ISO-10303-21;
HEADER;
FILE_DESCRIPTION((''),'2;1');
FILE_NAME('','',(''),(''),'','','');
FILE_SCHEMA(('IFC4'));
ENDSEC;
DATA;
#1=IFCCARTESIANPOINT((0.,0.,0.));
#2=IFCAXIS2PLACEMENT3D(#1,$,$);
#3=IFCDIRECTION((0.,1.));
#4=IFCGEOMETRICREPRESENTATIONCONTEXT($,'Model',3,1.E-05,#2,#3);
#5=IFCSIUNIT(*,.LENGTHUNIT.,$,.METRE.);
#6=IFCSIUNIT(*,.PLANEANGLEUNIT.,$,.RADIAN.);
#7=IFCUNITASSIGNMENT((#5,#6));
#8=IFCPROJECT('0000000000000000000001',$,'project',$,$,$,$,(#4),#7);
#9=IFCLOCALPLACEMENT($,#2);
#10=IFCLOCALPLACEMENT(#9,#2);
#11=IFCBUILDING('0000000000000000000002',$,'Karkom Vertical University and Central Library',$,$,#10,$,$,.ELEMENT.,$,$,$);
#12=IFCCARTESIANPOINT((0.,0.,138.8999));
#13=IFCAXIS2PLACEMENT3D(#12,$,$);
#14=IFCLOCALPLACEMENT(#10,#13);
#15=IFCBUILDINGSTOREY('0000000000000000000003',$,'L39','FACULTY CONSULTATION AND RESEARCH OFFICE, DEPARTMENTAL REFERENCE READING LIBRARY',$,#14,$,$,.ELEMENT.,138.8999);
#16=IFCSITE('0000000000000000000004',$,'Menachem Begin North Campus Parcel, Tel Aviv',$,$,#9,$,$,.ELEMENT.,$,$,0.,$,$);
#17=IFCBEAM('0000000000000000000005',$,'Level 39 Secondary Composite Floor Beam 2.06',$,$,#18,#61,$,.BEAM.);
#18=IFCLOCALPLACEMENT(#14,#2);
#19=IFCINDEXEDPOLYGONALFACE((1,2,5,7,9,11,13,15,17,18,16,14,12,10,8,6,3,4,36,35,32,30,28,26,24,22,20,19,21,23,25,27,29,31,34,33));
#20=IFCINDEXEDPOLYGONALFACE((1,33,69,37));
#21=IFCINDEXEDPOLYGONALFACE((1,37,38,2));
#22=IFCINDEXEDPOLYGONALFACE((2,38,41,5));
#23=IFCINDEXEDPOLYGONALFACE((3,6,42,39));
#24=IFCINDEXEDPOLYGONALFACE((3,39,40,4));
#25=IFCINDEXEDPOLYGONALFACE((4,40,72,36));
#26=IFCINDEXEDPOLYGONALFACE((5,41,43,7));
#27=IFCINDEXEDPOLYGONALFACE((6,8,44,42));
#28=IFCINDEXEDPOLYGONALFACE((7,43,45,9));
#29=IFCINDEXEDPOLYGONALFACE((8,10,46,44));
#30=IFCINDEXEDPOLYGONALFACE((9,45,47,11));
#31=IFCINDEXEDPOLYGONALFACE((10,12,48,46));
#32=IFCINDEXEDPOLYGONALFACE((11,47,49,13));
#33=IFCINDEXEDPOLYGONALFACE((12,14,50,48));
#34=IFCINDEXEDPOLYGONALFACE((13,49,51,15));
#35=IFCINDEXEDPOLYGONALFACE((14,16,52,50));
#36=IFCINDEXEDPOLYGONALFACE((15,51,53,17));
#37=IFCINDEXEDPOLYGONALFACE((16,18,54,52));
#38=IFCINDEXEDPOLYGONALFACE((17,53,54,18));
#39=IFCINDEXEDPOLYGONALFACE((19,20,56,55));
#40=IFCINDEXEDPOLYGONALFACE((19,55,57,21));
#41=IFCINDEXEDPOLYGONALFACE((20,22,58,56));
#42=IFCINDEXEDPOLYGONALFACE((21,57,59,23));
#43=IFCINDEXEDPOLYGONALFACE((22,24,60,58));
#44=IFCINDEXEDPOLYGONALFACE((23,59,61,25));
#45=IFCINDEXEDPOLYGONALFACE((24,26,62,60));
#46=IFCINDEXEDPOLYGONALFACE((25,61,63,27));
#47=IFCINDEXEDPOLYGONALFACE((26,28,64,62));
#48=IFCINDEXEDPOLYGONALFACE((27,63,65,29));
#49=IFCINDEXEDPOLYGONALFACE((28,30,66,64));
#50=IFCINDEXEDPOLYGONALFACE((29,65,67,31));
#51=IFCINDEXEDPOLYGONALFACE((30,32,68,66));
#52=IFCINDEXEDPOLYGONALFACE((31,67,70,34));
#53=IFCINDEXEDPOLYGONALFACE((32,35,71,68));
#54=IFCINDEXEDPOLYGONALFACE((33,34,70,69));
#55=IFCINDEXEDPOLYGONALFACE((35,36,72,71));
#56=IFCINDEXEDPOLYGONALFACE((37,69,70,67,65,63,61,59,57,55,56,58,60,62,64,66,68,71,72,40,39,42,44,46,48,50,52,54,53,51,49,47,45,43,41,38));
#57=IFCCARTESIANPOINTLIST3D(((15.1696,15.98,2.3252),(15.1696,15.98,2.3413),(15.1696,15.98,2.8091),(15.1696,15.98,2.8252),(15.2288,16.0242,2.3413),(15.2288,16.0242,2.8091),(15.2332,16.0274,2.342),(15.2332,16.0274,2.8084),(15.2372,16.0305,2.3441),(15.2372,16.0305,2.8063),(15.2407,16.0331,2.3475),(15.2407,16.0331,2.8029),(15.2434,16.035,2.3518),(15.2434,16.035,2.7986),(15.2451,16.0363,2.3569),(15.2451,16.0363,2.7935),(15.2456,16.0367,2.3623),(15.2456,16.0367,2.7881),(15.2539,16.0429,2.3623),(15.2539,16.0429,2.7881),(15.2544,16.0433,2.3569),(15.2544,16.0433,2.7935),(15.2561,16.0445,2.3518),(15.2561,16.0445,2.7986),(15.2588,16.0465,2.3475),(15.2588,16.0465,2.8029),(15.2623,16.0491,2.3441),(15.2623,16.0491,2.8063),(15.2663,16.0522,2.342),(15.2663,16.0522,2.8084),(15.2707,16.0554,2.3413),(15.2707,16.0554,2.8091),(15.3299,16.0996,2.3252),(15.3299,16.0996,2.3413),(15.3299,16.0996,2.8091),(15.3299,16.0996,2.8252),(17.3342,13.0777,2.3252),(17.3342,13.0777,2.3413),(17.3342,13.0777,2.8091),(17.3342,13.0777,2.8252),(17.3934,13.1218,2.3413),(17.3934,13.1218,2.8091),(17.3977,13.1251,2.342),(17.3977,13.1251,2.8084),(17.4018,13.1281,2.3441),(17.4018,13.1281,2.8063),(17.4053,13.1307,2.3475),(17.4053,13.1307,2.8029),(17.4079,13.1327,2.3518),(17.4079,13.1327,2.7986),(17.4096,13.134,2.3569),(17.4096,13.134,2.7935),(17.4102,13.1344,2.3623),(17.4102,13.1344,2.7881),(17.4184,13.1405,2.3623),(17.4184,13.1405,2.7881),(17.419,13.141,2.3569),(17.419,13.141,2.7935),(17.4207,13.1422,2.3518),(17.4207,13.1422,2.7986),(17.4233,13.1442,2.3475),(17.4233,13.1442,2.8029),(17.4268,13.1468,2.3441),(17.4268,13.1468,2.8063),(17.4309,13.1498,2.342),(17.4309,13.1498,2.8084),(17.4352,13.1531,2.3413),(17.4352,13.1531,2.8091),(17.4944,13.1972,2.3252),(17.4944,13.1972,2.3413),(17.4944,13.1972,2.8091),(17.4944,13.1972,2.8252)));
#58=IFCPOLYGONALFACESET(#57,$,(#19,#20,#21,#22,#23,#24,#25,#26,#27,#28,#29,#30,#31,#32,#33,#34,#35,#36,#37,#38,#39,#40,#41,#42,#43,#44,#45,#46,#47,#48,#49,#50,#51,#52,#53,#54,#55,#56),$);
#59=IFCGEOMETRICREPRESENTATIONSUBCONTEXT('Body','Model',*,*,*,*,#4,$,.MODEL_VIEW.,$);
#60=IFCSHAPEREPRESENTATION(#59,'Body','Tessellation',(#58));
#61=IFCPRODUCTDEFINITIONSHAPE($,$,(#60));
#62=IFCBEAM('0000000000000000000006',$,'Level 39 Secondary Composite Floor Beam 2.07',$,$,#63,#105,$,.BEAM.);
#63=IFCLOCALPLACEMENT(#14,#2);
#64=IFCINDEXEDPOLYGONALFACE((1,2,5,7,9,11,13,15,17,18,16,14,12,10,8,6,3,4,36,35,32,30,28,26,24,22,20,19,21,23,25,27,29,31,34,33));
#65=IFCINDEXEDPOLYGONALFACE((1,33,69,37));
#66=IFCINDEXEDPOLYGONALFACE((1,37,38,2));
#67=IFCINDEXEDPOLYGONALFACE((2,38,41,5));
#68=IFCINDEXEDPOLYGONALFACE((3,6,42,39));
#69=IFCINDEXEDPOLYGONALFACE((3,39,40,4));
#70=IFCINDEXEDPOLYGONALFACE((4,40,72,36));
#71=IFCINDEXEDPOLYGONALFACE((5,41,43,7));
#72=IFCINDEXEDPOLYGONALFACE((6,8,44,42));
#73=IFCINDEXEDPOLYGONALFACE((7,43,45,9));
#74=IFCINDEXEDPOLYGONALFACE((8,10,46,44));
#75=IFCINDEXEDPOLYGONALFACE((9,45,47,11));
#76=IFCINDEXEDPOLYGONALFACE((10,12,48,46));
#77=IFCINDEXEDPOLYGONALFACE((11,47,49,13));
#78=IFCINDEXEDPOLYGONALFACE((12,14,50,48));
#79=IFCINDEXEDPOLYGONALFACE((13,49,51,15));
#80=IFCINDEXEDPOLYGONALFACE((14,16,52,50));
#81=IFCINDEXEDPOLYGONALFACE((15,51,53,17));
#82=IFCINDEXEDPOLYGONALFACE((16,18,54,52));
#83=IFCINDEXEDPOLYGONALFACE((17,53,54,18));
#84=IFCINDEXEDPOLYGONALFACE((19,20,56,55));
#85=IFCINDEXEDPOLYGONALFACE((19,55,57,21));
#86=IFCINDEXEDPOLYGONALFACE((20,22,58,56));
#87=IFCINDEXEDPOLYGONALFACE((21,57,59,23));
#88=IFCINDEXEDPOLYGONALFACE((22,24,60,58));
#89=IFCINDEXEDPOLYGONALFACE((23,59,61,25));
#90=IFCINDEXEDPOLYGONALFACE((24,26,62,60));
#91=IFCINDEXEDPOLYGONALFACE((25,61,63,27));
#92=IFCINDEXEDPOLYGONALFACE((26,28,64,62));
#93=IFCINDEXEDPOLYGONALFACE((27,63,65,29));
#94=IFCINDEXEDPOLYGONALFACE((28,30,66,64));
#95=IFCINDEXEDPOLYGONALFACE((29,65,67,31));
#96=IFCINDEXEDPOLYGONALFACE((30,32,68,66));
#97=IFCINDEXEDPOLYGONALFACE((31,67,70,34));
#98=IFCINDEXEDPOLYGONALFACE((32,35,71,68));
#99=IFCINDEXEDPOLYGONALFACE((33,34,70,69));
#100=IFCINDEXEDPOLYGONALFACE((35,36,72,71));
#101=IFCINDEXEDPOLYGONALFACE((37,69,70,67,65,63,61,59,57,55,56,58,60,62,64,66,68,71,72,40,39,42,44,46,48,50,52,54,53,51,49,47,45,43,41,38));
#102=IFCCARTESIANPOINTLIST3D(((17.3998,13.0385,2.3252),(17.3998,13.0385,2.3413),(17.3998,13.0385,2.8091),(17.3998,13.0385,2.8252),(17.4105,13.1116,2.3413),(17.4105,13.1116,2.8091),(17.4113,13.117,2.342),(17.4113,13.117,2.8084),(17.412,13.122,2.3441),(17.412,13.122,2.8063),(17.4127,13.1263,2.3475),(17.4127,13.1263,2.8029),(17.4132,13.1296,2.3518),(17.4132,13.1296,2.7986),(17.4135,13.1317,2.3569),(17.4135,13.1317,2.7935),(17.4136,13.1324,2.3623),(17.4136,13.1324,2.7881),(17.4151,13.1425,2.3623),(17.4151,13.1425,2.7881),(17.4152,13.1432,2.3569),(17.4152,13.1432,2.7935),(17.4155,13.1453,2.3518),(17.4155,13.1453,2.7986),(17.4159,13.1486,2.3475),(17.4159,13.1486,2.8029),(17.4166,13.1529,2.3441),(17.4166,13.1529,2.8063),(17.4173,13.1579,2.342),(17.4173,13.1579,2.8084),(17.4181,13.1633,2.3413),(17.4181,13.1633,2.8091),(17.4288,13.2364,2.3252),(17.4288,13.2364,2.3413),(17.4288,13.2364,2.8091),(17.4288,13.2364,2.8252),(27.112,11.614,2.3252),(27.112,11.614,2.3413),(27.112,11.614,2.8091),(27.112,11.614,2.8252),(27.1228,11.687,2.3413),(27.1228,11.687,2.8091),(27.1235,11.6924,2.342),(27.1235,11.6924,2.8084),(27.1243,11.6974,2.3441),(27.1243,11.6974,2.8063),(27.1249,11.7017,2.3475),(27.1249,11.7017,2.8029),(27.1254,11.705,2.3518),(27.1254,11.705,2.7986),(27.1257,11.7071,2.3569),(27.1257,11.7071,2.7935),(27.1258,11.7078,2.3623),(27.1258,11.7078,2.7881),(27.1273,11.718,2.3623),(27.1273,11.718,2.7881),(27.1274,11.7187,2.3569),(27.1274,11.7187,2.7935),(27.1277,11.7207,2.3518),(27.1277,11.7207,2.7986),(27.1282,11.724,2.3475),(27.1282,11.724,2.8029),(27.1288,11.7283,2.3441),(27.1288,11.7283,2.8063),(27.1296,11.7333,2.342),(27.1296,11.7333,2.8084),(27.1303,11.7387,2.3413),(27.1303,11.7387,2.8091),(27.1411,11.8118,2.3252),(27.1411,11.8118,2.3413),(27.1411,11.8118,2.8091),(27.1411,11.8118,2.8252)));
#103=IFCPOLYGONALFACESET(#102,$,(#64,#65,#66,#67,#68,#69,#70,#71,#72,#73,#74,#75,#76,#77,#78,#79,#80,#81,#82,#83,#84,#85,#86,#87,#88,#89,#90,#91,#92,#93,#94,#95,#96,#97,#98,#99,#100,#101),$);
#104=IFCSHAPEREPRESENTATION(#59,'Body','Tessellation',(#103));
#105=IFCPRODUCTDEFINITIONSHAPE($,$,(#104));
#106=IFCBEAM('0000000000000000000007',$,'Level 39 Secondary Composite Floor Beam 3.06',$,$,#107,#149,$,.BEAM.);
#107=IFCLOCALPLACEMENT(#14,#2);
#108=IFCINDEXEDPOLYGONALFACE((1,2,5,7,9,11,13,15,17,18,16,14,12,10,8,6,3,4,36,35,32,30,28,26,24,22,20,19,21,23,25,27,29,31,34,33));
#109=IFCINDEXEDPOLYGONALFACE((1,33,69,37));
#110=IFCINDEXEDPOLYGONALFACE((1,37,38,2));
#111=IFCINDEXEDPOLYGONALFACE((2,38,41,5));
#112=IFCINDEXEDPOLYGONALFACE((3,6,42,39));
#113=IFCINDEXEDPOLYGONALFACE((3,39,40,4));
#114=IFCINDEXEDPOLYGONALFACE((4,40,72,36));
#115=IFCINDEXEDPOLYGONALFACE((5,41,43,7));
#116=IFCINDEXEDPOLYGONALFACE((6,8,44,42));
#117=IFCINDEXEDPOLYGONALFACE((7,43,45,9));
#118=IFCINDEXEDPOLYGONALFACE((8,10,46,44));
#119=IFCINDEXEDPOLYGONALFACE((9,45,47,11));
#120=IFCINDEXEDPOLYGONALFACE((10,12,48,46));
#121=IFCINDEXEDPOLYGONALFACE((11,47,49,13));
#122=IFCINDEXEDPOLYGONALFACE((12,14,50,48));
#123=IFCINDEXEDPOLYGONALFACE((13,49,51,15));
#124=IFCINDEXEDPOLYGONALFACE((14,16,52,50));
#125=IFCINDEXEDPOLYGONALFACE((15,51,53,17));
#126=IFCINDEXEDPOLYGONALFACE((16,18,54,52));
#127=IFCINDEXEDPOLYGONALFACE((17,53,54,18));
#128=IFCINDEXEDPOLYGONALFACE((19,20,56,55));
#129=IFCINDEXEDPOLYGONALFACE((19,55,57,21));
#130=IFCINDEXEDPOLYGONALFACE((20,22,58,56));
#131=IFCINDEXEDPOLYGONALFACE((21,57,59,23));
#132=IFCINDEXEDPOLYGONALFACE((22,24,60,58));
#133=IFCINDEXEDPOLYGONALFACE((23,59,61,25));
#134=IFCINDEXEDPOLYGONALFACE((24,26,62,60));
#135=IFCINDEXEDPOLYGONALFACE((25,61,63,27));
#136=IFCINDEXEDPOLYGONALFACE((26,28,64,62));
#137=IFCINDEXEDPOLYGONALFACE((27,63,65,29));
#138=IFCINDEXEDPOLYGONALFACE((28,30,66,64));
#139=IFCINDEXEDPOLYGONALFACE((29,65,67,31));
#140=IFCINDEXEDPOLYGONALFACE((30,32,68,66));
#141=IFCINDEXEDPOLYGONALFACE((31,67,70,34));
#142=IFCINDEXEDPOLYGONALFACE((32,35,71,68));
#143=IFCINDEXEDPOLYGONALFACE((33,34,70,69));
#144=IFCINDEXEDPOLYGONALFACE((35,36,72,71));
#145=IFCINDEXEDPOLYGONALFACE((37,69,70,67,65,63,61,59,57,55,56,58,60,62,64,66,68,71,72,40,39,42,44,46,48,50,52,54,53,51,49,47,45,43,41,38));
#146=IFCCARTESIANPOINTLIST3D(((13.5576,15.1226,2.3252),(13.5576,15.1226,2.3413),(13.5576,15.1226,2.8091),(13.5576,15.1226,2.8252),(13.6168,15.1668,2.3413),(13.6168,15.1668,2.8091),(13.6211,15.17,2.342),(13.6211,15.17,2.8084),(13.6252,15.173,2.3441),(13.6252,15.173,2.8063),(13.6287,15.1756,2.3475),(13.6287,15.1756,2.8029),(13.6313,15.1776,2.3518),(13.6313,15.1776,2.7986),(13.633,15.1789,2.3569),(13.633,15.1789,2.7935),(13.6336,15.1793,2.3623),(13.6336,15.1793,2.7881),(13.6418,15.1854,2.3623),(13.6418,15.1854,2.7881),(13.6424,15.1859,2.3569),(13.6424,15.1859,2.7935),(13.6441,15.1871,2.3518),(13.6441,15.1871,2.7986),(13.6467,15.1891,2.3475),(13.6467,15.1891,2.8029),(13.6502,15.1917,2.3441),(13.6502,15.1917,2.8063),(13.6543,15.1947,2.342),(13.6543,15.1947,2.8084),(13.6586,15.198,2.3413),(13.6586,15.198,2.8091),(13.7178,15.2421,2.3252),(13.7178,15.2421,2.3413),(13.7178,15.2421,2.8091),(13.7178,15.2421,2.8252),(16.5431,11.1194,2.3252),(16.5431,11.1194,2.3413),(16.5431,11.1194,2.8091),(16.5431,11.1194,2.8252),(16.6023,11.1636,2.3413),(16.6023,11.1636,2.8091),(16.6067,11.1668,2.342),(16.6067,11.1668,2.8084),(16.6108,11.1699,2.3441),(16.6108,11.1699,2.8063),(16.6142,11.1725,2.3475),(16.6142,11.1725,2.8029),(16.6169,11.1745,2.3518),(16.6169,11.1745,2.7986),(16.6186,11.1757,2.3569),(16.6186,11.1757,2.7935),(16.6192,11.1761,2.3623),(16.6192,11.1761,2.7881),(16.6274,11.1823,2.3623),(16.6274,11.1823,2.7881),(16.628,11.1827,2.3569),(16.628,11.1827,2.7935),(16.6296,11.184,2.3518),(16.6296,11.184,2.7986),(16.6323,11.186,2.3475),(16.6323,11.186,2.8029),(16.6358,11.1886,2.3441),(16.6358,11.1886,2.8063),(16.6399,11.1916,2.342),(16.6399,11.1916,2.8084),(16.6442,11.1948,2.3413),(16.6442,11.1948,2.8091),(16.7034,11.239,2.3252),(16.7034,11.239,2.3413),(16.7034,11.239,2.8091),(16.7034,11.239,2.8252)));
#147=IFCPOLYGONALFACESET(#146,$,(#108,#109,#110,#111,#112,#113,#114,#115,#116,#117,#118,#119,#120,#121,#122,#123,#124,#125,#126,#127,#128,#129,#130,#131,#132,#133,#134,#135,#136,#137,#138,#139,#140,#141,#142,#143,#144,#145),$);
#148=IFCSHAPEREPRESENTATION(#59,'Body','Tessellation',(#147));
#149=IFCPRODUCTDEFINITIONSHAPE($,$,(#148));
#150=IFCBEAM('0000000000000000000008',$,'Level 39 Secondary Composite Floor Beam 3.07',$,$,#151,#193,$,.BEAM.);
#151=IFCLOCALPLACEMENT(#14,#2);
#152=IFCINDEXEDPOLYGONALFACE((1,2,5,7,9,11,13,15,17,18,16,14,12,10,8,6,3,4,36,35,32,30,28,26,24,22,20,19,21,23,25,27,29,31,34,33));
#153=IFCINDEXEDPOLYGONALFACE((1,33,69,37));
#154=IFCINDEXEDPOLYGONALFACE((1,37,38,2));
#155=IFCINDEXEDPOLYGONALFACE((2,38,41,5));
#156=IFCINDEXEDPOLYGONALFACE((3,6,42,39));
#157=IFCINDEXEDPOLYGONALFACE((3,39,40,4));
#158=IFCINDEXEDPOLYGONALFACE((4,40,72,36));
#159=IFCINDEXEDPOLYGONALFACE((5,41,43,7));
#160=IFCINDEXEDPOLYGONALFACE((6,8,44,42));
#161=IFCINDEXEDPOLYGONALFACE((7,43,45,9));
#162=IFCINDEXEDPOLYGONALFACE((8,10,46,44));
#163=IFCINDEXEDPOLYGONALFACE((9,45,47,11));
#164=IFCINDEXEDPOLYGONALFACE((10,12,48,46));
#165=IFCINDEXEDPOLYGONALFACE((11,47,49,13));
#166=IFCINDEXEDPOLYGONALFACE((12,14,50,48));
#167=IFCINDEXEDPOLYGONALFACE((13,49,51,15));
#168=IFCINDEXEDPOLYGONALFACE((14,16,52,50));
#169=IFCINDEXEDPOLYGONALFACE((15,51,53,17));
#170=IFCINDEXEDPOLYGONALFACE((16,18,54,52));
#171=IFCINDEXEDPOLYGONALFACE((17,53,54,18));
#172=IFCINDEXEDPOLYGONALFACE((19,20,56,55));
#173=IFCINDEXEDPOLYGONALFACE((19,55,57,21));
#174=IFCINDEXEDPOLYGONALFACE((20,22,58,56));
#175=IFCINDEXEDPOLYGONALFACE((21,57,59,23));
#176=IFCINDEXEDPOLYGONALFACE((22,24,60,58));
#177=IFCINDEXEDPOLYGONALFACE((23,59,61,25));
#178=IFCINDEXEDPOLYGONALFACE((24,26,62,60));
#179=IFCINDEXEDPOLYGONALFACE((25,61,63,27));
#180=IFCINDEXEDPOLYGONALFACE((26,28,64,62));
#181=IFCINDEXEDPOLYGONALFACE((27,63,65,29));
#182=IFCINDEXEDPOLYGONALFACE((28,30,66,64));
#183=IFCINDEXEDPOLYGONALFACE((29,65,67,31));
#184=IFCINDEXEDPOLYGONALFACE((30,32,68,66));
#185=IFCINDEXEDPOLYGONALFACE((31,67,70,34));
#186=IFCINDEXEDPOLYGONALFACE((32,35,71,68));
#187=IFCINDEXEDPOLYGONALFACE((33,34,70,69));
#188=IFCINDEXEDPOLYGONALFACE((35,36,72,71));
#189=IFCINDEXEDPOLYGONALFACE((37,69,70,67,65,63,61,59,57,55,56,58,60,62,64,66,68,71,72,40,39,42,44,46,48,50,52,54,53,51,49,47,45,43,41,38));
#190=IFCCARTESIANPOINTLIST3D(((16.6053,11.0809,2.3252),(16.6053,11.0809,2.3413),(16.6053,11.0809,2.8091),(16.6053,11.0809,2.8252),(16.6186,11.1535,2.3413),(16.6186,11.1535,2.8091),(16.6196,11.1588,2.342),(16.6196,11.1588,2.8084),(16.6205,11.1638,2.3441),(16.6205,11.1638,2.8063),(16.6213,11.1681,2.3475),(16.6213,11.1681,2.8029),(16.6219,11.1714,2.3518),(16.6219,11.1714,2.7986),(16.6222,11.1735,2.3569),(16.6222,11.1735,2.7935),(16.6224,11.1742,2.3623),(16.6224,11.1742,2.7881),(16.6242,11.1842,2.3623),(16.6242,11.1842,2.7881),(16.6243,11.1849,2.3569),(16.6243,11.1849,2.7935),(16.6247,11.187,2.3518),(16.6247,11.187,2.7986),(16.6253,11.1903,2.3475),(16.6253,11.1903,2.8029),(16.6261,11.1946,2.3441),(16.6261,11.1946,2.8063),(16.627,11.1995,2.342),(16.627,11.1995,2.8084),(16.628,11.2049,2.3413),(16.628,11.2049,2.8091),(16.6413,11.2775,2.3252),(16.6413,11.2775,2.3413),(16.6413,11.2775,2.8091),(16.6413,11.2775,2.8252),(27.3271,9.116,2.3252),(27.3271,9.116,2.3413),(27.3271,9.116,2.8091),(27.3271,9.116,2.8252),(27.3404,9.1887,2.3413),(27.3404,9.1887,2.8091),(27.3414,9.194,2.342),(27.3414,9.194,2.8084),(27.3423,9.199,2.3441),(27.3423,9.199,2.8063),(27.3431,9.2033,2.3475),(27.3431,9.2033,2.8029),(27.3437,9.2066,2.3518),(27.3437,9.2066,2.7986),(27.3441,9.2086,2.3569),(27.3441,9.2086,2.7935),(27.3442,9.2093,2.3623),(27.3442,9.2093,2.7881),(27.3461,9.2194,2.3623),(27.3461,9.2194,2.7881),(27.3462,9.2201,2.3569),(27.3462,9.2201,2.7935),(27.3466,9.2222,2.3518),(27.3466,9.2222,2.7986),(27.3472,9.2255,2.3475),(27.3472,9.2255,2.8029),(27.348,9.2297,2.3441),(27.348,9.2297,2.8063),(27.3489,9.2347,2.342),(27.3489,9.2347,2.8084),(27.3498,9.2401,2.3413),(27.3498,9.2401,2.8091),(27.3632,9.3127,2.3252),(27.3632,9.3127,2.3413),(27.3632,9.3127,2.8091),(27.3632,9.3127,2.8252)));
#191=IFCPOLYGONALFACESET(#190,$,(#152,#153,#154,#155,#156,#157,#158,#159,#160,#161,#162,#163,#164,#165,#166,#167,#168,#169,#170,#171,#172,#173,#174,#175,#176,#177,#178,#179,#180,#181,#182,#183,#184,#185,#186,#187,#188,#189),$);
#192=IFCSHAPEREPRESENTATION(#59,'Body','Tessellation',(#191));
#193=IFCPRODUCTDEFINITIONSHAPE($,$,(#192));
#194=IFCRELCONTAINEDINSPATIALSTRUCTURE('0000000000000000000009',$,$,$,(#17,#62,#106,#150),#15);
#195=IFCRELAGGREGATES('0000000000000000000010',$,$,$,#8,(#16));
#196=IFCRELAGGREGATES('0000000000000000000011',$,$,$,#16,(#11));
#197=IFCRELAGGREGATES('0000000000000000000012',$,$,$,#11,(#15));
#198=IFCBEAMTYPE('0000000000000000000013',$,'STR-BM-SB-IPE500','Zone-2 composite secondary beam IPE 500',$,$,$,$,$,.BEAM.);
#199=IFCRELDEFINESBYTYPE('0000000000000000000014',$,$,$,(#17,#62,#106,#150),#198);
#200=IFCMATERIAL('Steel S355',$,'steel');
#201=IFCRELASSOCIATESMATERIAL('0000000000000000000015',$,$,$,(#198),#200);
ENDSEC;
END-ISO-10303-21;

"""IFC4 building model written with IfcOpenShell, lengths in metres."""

from ifc_helpers import new_model, si_unit, direction, frame, origin, origin_with_axes, origin_2d, place, context, subcontext, project, spatial, i_section, extrude, source, transform, mapped, material, material_profile, profile_set, type_object, element, save


model = new_model("IFC4")

# Units and contexts
model_context = context("Model", 3, precision=1e-05, world=origin(), true_north=direction((0.0, 1.0)))
body_context = subcontext(model_context, "Body", "Model", "MODEL_VIEW")
ifc_project = project(units=[si_unit("LENGTHUNIT", "METRE"), si_unit("PLANEANGLEUNIT", "RADIAN")], contexts=[model_context])

# Site, building, storey
site_placement = place(None, origin())
site = spatial("IfcSite", under=ifc_project, at=site_placement, Name="Menachem Begin North Campus Parcel, Tel Aviv", CompositionType="ELEMENT", RefElevation=0.0)
building_placement = place(site_placement, origin())
building = spatial("IfcBuilding", under=site, at=building_placement, Name="Karkom Vertical University and Central Library", CompositionType="ELEMENT")
storey_placement = place(building_placement, frame((0.0, 0.0, 138.8999)))
storey = spatial("IfcBuildingStorey", under=building, at=storey_placement, Name="L39", Description="FACULTY CONSULTATION AND RESEARCH OFFICE, DEPARTMENTAL REFERENCE READING LIBRARY", CompositionType="ELEMENT", Elevation=138.8999)

# Beams
ifc_material_1 = material(Name="Steel S355", Category="steel")
ifc_material_profile_1 = material_profile(ifc_material_1, i_section(OverallWidth=0.2, OverallDepth=0.5, WebThickness=0.0103, FlangeThickness=0.0161, FilletRadius=0.021, at=origin_2d()), Name="IPE 500")
ifc_profile_set_1 = profile_set([ifc_material_profile_1], Name="Steel S355")
beam_type_1 = type_object("IfcBeamType", Name="STR-BM-SB-IPE500", Description="Zone-2 composite secondary beam IPE 500", PredefinedType="BEAM", material=ifc_profile_set_1)
shared_shape_1 = source(origin_with_axes(), body_context, "Body", "SweptSolid", [
    extrude(i_section(OverallWidth=0.2, OverallDepth=0.5, WebThickness=0.0103, FlangeThickness=0.0161, FilletRadius=0.021, at=origin_2d()), origin(), (0.0, 0.0, 1.0), 3.6206),
])
beam_1_placement = place(storey_placement, frame((15.2498, 16.0398, 2.5752), z_axis=(0.59784, -0.801615, 0.0), x_axis=(0.801615, 0.59784, 0.0)))
element("IfcBeam", 1, at=beam_1_placement, inside=storey, type_object=beam_type_1, Name="Level 39 Secondary Composite Floor Beam 2.06", PredefinedType="BEAM", context=body_context, shape_type="MappedRepresentation", body=[
    mapped(shared_shape_1, transform((0.0, 0.0, 0.0), scale=1.0)),
])
shared_shape_2 = source(origin_with_axes(), body_context, "Body", "SweptSolid", [
    extrude(i_section(OverallWidth=0.2, OverallDepth=0.5, WebThickness=0.0103, FlangeThickness=0.0161, FilletRadius=0.021, at=origin_2d()), origin(), (0.0, 0.0, 1.0), 9.8162),
])
beam_2_placement = place(storey_placement, frame((17.4143, 13.1375, 2.5752), z_axis=(0.989413, -0.145125, 0.0), x_axis=(0.145125, 0.989413, 0.0)))
element("IfcBeam", 2, at=beam_2_placement, inside=storey, type_object=beam_type_1, Name="Level 39 Secondary Composite Floor Beam 2.07", PredefinedType="BEAM", context=body_context, shape_type="MappedRepresentation", body=[
    mapped(shared_shape_2, transform((0.0, 0.0, 0.0), scale=1.0)),
])
shared_shape_3 = source(origin_with_axes(), body_context, "Body", "SweptSolid", [
    extrude(i_section(OverallWidth=0.2, OverallDepth=0.5, WebThickness=0.0103, FlangeThickness=0.0161, FilletRadius=0.021, at=origin_2d()), origin(), (0.0, 0.0, 1.0), 4.9939),
])
beam_3_placement = place(storey_placement, frame((13.6377, 15.1824, 2.5752), z_axis=(0.597847, -0.80161, 0.0), x_axis=(0.80161, 0.597847, 0.0)))
element("IfcBeam", 3, at=beam_3_placement, inside=storey, type_object=beam_type_1, Name="Level 39 Secondary Composite Floor Beam 3.06", PredefinedType="BEAM", context=body_context, shape_type="MappedRepresentation", body=[
    mapped(shared_shape_3, transform((0.0, 0.0, 0.0), scale=1.0)),
])
shared_shape_4 = source(origin_with_axes(), body_context, "Body", "SweptSolid", [
    extrude(i_section(OverallWidth=0.2, OverallDepth=0.5, WebThickness=0.0103, FlangeThickness=0.0161, FilletRadius=0.021, at=origin_2d()), origin(), (0.0, 0.0, 1.0), 10.9004),
])
beam_4_placement = place(storey_placement, frame((16.6233, 11.1792, 2.5752), z_axis=(0.98362, -0.180253, 0.0), x_axis=(0.180253, 0.98362, 0.0)))
element("IfcBeam", 4, at=beam_4_placement, inside=storey, type_object=beam_type_1, Name="Level 39 Secondary Composite Floor Beam 3.07", PredefinedType="BEAM", context=body_context, shape_type="MappedRepresentation", body=[
    mapped(shared_shape_4, transform((0.0, 0.0, 0.0), scale=1.0)),
])

save(model, "model.ifc")
